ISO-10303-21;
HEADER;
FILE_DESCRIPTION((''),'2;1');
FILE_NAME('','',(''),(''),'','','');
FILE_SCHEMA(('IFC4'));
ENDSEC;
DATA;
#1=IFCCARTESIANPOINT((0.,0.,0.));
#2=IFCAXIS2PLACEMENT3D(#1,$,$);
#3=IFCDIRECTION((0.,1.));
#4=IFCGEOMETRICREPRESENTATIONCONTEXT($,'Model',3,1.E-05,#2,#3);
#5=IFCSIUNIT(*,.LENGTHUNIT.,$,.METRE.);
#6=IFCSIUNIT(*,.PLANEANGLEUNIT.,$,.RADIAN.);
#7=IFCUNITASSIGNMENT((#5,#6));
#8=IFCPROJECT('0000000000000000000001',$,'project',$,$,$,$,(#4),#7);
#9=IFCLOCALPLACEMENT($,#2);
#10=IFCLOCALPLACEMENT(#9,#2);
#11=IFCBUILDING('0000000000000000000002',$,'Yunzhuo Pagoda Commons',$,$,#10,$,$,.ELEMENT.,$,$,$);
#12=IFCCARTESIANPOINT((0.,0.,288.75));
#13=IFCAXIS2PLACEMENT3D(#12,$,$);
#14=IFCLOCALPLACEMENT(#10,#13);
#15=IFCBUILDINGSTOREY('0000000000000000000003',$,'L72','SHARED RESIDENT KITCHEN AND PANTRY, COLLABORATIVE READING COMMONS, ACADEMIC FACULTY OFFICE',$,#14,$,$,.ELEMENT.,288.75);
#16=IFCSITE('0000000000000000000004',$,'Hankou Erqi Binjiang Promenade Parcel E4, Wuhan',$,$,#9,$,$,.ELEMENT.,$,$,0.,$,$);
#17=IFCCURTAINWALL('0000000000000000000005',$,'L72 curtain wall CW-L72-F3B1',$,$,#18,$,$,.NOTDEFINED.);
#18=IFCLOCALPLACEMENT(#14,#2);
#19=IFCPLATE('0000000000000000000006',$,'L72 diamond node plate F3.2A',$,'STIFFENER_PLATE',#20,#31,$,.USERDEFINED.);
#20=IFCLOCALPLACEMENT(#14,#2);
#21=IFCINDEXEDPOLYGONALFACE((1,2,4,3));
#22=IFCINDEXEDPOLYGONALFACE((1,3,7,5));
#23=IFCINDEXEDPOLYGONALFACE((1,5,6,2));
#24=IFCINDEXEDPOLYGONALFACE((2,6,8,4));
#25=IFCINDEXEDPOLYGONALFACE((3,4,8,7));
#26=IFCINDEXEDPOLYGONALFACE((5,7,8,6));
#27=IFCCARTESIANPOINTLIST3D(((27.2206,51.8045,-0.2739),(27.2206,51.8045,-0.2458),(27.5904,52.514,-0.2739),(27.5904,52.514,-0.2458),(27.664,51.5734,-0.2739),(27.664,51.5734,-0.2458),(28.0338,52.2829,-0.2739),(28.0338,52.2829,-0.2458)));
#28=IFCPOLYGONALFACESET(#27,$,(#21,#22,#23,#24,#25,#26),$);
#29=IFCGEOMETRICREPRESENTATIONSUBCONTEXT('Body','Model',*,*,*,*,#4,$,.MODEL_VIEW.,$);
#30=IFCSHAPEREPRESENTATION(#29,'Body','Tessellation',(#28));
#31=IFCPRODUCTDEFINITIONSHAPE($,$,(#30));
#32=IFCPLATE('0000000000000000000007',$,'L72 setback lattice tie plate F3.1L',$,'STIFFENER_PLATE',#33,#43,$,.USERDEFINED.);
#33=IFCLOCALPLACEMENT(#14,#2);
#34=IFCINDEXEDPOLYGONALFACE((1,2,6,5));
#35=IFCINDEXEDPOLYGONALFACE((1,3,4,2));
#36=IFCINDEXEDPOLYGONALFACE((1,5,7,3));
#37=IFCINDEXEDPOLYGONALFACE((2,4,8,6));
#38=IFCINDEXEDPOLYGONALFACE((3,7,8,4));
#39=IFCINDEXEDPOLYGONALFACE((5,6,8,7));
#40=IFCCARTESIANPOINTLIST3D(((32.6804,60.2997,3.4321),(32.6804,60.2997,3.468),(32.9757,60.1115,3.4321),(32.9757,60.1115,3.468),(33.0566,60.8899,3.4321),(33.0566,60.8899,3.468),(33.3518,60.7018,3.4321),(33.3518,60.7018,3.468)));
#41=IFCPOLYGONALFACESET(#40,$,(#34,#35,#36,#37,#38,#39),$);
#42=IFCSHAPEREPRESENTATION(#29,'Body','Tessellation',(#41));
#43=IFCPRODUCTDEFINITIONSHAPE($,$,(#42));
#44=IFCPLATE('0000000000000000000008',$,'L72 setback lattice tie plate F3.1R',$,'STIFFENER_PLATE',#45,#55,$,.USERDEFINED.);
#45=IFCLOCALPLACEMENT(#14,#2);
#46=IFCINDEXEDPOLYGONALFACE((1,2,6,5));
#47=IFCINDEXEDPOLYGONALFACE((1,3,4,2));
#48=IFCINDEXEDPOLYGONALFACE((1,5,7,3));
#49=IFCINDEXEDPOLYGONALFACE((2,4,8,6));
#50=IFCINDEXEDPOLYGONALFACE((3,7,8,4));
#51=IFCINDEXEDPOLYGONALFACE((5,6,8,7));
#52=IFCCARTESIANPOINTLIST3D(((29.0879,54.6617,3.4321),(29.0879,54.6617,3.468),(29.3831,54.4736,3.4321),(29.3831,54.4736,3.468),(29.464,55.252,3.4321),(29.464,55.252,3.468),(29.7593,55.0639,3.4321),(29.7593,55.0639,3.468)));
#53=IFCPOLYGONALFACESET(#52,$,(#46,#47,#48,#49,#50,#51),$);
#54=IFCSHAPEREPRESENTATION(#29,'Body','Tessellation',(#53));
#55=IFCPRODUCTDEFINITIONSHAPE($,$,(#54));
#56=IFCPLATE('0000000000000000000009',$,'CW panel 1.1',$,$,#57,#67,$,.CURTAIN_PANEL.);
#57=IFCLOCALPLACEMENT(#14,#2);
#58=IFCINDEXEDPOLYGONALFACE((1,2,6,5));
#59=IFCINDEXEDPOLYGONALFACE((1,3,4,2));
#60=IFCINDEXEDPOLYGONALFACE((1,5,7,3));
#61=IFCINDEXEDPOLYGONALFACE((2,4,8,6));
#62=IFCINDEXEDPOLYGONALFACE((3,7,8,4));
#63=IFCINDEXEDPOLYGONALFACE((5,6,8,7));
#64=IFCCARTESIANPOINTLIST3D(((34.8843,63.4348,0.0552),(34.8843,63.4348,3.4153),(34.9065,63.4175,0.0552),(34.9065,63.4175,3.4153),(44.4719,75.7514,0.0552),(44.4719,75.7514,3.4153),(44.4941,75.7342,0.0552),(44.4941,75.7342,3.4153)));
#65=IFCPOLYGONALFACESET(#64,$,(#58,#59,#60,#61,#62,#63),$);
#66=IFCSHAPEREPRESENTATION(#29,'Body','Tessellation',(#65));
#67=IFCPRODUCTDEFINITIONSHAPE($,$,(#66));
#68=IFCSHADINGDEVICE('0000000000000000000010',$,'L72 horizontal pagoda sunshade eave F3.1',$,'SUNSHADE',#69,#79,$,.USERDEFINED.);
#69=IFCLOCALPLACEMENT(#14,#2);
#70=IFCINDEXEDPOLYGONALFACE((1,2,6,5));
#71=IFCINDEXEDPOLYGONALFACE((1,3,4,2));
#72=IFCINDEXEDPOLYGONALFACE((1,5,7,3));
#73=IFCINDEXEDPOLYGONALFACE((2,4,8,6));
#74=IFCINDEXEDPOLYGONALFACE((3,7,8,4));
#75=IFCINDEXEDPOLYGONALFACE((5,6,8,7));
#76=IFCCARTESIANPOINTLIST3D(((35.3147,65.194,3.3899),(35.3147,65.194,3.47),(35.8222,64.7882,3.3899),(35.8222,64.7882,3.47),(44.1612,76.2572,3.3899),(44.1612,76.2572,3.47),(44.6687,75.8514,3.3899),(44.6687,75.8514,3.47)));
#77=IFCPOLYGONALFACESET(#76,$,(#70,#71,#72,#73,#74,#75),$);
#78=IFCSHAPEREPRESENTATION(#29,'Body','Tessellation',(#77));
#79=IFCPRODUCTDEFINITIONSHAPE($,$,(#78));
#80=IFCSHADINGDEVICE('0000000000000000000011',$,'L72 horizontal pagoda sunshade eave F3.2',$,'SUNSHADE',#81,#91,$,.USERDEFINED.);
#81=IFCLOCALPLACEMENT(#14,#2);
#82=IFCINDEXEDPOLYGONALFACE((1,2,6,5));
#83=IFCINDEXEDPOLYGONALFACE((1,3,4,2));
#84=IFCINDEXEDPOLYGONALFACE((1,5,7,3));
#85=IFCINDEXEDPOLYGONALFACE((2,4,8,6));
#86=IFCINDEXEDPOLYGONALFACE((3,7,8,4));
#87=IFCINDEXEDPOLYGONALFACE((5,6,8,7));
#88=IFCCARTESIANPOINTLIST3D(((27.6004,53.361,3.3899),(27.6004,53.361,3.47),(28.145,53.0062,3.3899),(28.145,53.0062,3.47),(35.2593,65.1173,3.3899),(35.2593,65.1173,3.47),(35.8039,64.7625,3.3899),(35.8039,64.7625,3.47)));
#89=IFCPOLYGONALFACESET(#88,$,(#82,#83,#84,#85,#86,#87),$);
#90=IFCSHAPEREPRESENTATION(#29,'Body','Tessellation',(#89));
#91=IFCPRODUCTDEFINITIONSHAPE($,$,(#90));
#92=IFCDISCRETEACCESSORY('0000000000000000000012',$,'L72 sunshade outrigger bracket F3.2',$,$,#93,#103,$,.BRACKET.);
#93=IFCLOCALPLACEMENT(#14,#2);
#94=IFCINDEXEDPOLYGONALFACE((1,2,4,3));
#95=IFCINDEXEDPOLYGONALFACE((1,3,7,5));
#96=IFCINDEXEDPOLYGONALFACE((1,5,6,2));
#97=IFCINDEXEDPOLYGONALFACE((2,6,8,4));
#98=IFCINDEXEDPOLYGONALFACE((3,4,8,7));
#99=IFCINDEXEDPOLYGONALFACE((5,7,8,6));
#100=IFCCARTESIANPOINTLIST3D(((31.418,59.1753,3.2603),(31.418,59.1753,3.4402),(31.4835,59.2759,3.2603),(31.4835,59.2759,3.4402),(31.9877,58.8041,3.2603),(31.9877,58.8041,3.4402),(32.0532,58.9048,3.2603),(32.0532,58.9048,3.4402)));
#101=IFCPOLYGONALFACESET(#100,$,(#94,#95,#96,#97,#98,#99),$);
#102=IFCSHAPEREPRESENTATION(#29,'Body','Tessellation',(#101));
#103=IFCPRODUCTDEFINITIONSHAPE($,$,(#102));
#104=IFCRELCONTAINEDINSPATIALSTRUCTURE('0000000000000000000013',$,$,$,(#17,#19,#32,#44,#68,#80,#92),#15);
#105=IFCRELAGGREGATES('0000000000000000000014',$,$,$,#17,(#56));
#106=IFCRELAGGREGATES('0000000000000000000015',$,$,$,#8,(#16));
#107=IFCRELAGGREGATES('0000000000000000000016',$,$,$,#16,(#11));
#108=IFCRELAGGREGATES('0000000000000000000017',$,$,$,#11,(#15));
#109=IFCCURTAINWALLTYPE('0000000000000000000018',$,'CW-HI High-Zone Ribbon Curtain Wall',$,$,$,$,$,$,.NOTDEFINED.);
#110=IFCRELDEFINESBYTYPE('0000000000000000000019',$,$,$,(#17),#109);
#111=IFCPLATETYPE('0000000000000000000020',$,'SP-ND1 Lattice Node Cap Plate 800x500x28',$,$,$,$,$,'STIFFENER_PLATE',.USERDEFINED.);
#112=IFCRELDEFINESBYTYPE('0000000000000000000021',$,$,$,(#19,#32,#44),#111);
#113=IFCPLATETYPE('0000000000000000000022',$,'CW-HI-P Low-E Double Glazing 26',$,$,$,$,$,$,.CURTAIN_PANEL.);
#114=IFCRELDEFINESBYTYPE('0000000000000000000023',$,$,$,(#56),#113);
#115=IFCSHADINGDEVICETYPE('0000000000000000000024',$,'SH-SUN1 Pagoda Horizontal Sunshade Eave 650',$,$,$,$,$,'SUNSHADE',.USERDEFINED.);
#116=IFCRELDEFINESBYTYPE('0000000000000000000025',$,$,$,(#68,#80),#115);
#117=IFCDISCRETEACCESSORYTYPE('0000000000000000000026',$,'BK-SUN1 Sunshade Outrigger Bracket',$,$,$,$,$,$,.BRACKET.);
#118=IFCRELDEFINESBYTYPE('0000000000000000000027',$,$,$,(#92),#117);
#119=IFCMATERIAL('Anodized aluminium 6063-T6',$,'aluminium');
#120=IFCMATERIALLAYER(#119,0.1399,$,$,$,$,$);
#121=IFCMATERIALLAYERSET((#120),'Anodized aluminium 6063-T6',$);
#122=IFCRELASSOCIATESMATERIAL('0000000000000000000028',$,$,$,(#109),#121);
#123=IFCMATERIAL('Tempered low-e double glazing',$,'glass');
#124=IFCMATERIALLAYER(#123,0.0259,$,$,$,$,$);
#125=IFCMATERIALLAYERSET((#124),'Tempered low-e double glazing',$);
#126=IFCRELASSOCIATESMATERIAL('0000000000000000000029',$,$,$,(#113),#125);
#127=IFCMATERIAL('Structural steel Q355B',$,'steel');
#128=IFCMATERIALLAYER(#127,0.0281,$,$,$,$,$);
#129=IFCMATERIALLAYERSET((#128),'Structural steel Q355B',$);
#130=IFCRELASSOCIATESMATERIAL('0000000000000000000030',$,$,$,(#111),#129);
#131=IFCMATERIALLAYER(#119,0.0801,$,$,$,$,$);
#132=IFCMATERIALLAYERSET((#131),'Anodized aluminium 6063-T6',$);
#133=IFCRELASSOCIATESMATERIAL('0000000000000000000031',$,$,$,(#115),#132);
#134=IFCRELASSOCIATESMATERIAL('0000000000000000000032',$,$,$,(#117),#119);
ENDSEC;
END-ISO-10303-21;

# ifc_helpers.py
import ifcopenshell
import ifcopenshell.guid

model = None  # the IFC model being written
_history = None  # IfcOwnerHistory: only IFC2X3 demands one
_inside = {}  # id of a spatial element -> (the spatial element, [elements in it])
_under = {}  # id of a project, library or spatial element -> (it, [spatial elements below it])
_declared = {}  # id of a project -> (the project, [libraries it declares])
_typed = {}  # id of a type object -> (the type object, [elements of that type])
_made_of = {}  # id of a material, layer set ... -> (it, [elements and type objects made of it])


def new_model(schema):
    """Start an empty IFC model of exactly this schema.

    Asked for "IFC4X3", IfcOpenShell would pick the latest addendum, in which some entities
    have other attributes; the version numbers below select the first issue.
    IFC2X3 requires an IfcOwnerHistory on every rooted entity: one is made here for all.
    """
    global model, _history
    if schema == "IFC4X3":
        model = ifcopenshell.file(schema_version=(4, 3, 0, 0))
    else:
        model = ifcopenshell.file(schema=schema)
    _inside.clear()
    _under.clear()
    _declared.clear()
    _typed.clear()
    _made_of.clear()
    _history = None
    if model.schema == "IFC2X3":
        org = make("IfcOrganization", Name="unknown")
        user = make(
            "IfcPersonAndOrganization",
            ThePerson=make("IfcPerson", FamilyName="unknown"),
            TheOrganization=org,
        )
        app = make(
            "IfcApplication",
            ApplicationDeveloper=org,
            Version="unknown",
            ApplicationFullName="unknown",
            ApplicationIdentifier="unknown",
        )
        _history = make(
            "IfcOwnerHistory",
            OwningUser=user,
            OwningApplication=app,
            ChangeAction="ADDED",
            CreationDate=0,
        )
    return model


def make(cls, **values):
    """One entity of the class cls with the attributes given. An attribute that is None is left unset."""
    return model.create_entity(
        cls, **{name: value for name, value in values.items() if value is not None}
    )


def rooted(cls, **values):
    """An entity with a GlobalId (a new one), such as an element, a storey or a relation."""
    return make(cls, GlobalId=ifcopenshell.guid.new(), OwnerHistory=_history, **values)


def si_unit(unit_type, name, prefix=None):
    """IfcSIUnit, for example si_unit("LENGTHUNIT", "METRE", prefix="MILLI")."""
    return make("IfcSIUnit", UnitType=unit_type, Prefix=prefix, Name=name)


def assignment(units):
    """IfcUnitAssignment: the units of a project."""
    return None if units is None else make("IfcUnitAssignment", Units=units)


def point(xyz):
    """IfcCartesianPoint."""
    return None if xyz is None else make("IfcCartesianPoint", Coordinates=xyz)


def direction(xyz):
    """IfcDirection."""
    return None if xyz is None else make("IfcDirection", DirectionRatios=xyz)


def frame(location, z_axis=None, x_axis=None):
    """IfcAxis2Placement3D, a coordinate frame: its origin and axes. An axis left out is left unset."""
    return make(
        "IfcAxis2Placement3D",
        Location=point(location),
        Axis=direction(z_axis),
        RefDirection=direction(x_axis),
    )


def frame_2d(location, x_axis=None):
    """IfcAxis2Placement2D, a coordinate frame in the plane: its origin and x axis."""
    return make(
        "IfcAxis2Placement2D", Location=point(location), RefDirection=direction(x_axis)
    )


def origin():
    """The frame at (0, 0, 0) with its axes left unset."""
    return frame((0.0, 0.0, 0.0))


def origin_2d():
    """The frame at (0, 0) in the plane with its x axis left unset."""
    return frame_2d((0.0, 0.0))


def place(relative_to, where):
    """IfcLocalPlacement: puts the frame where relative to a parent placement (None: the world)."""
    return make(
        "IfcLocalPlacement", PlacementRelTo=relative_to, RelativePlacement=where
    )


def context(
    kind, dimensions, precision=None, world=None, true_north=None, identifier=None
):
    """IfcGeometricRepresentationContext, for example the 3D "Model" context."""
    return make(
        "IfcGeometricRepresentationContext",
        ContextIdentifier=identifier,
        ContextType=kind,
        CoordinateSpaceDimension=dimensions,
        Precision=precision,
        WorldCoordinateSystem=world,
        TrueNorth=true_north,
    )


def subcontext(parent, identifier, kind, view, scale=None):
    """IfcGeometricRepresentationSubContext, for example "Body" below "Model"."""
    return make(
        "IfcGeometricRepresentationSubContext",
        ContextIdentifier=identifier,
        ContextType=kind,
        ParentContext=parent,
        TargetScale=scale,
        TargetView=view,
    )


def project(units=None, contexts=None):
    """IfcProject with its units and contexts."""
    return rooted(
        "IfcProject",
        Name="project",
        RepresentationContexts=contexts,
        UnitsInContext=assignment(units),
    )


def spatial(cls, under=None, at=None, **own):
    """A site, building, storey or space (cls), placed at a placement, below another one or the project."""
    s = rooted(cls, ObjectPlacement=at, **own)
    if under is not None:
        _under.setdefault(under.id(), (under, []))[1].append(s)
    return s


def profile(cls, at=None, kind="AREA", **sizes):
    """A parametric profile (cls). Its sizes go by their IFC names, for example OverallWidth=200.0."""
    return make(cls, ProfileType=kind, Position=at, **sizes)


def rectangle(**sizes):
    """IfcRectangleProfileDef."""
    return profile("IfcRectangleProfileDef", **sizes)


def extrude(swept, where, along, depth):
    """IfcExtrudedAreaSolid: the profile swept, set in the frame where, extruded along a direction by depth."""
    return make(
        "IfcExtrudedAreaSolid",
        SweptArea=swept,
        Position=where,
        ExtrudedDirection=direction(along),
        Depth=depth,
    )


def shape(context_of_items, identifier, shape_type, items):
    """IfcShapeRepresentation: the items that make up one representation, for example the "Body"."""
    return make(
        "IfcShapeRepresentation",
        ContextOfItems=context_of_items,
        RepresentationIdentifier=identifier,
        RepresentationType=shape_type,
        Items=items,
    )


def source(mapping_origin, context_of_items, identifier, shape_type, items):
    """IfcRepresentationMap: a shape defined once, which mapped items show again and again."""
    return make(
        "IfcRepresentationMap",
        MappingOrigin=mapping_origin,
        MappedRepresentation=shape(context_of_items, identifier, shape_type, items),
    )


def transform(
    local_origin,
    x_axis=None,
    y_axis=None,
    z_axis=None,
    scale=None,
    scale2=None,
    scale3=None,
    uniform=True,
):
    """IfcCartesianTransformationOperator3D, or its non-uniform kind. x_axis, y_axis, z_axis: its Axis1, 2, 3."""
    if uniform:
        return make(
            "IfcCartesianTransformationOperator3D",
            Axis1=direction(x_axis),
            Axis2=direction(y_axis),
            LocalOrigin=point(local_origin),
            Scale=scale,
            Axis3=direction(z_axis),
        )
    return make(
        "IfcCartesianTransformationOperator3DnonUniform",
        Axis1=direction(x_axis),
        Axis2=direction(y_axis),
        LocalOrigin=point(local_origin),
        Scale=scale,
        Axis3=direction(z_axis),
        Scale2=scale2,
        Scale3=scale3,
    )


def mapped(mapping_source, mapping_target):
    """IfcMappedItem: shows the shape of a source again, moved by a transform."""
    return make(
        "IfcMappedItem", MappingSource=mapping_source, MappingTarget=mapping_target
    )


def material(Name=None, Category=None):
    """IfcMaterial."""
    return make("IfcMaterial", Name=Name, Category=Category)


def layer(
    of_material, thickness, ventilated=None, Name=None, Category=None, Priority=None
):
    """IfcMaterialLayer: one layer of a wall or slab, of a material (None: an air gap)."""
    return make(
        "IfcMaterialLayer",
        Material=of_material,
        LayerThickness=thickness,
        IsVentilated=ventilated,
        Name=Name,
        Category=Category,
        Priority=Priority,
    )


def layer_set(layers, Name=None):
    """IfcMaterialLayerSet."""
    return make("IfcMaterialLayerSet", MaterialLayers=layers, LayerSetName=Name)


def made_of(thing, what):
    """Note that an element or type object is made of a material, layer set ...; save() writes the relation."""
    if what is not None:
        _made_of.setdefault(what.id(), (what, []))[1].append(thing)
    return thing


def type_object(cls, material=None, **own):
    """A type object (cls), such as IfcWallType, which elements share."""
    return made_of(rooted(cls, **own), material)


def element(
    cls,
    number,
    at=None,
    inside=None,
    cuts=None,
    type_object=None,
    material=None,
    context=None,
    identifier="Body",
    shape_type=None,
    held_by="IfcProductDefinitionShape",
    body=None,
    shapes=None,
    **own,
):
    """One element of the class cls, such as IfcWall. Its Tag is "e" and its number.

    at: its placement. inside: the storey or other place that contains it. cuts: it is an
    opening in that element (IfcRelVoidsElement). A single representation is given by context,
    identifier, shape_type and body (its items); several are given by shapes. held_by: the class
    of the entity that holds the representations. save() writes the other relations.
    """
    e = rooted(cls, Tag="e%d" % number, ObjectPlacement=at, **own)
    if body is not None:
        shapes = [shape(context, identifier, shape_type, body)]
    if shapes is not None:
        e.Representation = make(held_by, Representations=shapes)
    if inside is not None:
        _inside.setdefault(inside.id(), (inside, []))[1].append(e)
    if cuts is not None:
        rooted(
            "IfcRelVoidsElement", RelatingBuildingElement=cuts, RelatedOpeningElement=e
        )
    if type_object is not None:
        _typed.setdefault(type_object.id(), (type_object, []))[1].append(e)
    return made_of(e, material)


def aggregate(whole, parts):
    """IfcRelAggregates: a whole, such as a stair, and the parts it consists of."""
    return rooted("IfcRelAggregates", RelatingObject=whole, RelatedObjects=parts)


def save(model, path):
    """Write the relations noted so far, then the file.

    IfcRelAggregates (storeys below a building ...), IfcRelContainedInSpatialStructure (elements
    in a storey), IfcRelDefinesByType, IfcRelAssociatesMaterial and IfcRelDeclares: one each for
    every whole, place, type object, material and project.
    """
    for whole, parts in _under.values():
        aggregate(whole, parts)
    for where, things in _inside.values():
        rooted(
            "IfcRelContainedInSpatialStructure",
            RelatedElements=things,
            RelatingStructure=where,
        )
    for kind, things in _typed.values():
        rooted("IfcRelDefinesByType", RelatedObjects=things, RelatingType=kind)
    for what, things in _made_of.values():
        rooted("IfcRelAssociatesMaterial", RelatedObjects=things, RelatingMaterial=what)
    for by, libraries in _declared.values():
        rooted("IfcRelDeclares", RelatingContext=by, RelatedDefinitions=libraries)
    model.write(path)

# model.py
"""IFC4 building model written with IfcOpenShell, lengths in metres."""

from ifc_helpers import new_model, si_unit, direction, frame, origin, origin_2d, place, context, subcontext, project, spatial, rectangle, extrude, source, transform, mapped, material, layer, layer_set, type_object, element, aggregate, save


model = new_model("IFC4")

# Units and contexts
model_context = context("Model", 3, precision=1e-05, world=origin(), true_north=direction((0.0, 1.0)))
body_context = subcontext(model_context, "Body", "Model", "MODEL_VIEW")
ifc_project = project(units=[si_unit("LENGTHUNIT", "METRE"), si_unit("PLANEANGLEUNIT", "RADIAN")], contexts=[model_context])

# Site, building, storey
site_placement = place(None, origin())
site = spatial("IfcSite", under=ifc_project, at=site_placement, Name="Hankou Erqi Binjiang Promenade Parcel E4, Wuhan", CompositionType="ELEMENT", RefElevation=0.0)
building_placement = place(site_placement, origin())
building = spatial("IfcBuilding", under=site, at=building_placement, Name="Yunzhuo Pagoda Commons", CompositionType="ELEMENT")
storey_placement = place(building_placement, frame((0.0, 0.0, 288.75)))
storey = spatial("IfcBuildingStorey", under=building, at=storey_placement, Name="L72", Description="SHARED RESIDENT KITCHEN AND PANTRY, COLLABORATIVE READING COMMONS, ACADEMIC FACULTY OFFICE", CompositionType="ELEMENT", Elevation=288.75)

# Shared definitions
ifc_material_1 = material(Name="Structural steel Q355B", Category="steel")

# Curtain wall
ifc_material_2 = material(Name="Anodized aluminium 6063-T6", Category="aluminium")
ifc_layer_1 = layer(ifc_material_2, 0.1399)
ifc_layer_set_1 = layer_set([ifc_layer_1], Name="Anodized aluminium 6063-T6")
curtain_wall_type = type_object("IfcCurtainWallType", Name="CW-HI High-Zone Ribbon Curtain Wall", PredefinedType="NOTDEFINED", material=ifc_layer_set_1)
curtain_wall_1_placement = place(storey_placement, origin())
curtain_wall_1 = element("IfcCurtainWall", 1, at=curtain_wall_1_placement, inside=storey, type_object=curtain_wall_type, Name="L72 curtain wall CW-L72-F3B1", PredefinedType="NOTDEFINED")

# Shared definitions
ifc_material_3 = material(Name="Tempered low-e double glazing", Category="glass")
ifc_layer_2 = layer(ifc_material_3, 0.0259)
ifc_layer_set_2 = layer_set([ifc_layer_2], Name="Tempered low-e double glazing")
plate_type_1 = type_object("IfcPlateType", Name="CW-HI-P Low-E Double Glazing 26", PredefinedType="CURTAIN_PANEL", material=ifc_layer_set_2)

# Plates
ifc_layer_3 = layer(ifc_material_1, 0.0281)
ifc_layer_set_3 = layer_set([ifc_layer_3], Name="Structural steel Q355B")
plate_type_2 = type_object("IfcPlateType", Name="SP-ND1 Lattice Node Cap Plate 800x500x28", ElementType="STIFFENER_PLATE", PredefinedType="USERDEFINED", material=ifc_layer_set_3)
shared_shape_1 = source(origin(), body_context, "Body", "SweptSolid", [
    extrude(rectangle(XDim=0.8, YDim=0.5, at=origin_2d()), origin(), (0.0, 0.0, 1.0), 0.0281),
])
for number, where, z_axis, x_axis, name in (
    (2, (27.6272, 52.0437, -0.2739), (0.0, 0.0, 1.0), (-0.462228, -0.886761, 0.0), "L72 diamond node plate F3.2A"),
):
    element("IfcPlate", number, at=place(storey_placement, frame(where, z_axis=z_axis, x_axis=x_axis)), inside=storey, type_object=plate_type_2, Name=name, ObjectType="STIFFENER_PLATE", PredefinedType="USERDEFINED", context=body_context, shape_type="MappedRepresentation", body=[
        mapped(shared_shape_1, transform((0.0, 0.0, 0.0), scale=1.0)),
    ])
shared_shape_2 = source(origin(), body_context, "Body", "SweptSolid", [
    extrude(rectangle(XDim=0.7, YDim=0.3501, at=origin_2d()), origin(), (0.0, 0.0, 1.0), 0.0359),
])
for number, where, z_axis, x_axis, name in (
    (3, (33.0161, 60.5007, 3.4321), (0.0, 0.0, 1.0), (-0.537403, -0.843326, 0.0), "L72 setback lattice tie plate F3.1L"),
    (4, (29.4236, 54.8628, 3.4321), (0.0, 0.0, 1.0), (-0.537403, -0.843326, 0.0), "L72 setback lattice tie plate F3.1R"),
):
    element("IfcPlate", number, at=place(storey_placement, frame(where, z_axis=z_axis, x_axis=x_axis)), inside=storey, type_object=plate_type_2, Name=name, ObjectType="STIFFENER_PLATE", PredefinedType="USERDEFINED", context=body_context, shape_type="MappedRepresentation", body=[
        mapped(shared_shape_2, transform((0.0, 0.0, 0.0), scale=1.0)),
    ])

# Plate
shared_shape_3 = source(origin(), body_context, "Body", "SweptSolid", [
    extrude(rectangle(XDim=15.6084, YDim=0.0281, at=origin_2d()), origin(), (0.0, 0.0, 1.0), 3.3601),
])
plate_1_placement = place(storey_placement, frame((39.6892, 69.5845, 0.0552), z_axis=(0.0, 0.0, 1.0), x_axis=(-0.614261, -0.789103, 0.0)))
plate_1 = element("IfcPlate", 5, at=plate_1_placement, type_object=plate_type_1, Name="CW panel 1.1", PredefinedType="CURTAIN_PANEL", context=body_context, shape_type="MappedRepresentation", body=[
    mapped(shared_shape_3, transform((0.0, 0.0, 0.0), scale=1.0)),
])
aggregate(curtain_wall_1, [plate_1])

# Shading devices
ifc_layer_4 = layer(ifc_material_2, 0.0801)
ifc_layer_set_4 = layer_set([ifc_layer_4], Name="Anodized aluminium 6063-T6")
shading_device_type = type_object("IfcShadingDeviceType", Name="SH-SUN1 Pagoda Horizontal Sunshade Eave 650", ElementType="SUNSHADE", PredefinedType="USERDEFINED", material=ifc_layer_set_4)
shared_shape_4 = source(origin(), body_context, "Body", "SweptSolid", [
    extrude(rectangle(XDim=14.1653, YDim=0.6499, at=origin_2d()), origin(), (0.0, 0.0, 1.0), 0.0801),
])
shading_device_1_placement = place(storey_placement, frame((39.9917, 70.5227, 3.3899), z_axis=(0.0, 0.0, 1.0), x_axis=(-0.62452, -0.781008, 0.0)))
element("IfcShadingDevice", 6, at=shading_device_1_placement, inside=storey, type_object=shading_device_type, Name="L72 horizontal pagoda sunshade eave F3.1", ObjectType="SUNSHADE", PredefinedType="USERDEFINED", context=body_context, shape_type="MappedRepresentation", body=[
    mapped(shared_shape_4, transform((0.0, 0.0, 0.0), scale=1.0)),
])
shared_shape_5 = source(origin(), body_context, "Body", "SweptSolid", [
    extrude(rectangle(XDim=14.031, YDim=0.6499, at=origin_2d()), origin(), (0.0, 0.0, 1.0), 0.0801),
])
shading_device_2_placement = place(storey_placement, frame((31.7021, 59.0618, 3.3899), z_axis=(0.0, 0.0, 1.0), x_axis=(-0.545853, -0.837881, 0.0)))
element("IfcShadingDevice", 7, at=shading_device_2_placement, inside=storey, type_object=shading_device_type, Name="L72 horizontal pagoda sunshade eave F3.2", ObjectType="SUNSHADE", PredefinedType="USERDEFINED", context=body_context, shape_type="MappedRepresentation", body=[
    mapped(shared_shape_5, transform((0.0, 0.0, 0.0), scale=1.0)),
])

# Discrete accessory
discrete_accessory_type = type_object("IfcDiscreteAccessoryType", Name="BK-SUN1 Sunshade Outrigger Bracket", PredefinedType="BRACKET", material=ifc_material_2)
shared_shape_6 = source(origin(), body_context, "Body", "SweptSolid", [
    extrude(rectangle(XDim=0.1201, YDim=0.6799, at=origin_2d()), origin(), (0.0, 0.0, 1.0), 0.1799),
])
discrete_accessory_placement = place(storey_placement, frame((31.7356, 59.04, 3.2603), z_axis=(0.0, 0.0, 1.0), x_axis=(-0.545853, -0.837881, 0.0)))
element("IfcDiscreteAccessory", 8, at=discrete_accessory_placement, inside=storey, type_object=discrete_accessory_type, Name="L72 sunshade outrigger bracket F3.2", PredefinedType="BRACKET", context=body_context, shape_type="MappedRepresentation", body=[
    mapped(shared_shape_6, transform((0.0, 0.0, 0.0), scale=1.0)),
])

save(model, "model.ifc")
